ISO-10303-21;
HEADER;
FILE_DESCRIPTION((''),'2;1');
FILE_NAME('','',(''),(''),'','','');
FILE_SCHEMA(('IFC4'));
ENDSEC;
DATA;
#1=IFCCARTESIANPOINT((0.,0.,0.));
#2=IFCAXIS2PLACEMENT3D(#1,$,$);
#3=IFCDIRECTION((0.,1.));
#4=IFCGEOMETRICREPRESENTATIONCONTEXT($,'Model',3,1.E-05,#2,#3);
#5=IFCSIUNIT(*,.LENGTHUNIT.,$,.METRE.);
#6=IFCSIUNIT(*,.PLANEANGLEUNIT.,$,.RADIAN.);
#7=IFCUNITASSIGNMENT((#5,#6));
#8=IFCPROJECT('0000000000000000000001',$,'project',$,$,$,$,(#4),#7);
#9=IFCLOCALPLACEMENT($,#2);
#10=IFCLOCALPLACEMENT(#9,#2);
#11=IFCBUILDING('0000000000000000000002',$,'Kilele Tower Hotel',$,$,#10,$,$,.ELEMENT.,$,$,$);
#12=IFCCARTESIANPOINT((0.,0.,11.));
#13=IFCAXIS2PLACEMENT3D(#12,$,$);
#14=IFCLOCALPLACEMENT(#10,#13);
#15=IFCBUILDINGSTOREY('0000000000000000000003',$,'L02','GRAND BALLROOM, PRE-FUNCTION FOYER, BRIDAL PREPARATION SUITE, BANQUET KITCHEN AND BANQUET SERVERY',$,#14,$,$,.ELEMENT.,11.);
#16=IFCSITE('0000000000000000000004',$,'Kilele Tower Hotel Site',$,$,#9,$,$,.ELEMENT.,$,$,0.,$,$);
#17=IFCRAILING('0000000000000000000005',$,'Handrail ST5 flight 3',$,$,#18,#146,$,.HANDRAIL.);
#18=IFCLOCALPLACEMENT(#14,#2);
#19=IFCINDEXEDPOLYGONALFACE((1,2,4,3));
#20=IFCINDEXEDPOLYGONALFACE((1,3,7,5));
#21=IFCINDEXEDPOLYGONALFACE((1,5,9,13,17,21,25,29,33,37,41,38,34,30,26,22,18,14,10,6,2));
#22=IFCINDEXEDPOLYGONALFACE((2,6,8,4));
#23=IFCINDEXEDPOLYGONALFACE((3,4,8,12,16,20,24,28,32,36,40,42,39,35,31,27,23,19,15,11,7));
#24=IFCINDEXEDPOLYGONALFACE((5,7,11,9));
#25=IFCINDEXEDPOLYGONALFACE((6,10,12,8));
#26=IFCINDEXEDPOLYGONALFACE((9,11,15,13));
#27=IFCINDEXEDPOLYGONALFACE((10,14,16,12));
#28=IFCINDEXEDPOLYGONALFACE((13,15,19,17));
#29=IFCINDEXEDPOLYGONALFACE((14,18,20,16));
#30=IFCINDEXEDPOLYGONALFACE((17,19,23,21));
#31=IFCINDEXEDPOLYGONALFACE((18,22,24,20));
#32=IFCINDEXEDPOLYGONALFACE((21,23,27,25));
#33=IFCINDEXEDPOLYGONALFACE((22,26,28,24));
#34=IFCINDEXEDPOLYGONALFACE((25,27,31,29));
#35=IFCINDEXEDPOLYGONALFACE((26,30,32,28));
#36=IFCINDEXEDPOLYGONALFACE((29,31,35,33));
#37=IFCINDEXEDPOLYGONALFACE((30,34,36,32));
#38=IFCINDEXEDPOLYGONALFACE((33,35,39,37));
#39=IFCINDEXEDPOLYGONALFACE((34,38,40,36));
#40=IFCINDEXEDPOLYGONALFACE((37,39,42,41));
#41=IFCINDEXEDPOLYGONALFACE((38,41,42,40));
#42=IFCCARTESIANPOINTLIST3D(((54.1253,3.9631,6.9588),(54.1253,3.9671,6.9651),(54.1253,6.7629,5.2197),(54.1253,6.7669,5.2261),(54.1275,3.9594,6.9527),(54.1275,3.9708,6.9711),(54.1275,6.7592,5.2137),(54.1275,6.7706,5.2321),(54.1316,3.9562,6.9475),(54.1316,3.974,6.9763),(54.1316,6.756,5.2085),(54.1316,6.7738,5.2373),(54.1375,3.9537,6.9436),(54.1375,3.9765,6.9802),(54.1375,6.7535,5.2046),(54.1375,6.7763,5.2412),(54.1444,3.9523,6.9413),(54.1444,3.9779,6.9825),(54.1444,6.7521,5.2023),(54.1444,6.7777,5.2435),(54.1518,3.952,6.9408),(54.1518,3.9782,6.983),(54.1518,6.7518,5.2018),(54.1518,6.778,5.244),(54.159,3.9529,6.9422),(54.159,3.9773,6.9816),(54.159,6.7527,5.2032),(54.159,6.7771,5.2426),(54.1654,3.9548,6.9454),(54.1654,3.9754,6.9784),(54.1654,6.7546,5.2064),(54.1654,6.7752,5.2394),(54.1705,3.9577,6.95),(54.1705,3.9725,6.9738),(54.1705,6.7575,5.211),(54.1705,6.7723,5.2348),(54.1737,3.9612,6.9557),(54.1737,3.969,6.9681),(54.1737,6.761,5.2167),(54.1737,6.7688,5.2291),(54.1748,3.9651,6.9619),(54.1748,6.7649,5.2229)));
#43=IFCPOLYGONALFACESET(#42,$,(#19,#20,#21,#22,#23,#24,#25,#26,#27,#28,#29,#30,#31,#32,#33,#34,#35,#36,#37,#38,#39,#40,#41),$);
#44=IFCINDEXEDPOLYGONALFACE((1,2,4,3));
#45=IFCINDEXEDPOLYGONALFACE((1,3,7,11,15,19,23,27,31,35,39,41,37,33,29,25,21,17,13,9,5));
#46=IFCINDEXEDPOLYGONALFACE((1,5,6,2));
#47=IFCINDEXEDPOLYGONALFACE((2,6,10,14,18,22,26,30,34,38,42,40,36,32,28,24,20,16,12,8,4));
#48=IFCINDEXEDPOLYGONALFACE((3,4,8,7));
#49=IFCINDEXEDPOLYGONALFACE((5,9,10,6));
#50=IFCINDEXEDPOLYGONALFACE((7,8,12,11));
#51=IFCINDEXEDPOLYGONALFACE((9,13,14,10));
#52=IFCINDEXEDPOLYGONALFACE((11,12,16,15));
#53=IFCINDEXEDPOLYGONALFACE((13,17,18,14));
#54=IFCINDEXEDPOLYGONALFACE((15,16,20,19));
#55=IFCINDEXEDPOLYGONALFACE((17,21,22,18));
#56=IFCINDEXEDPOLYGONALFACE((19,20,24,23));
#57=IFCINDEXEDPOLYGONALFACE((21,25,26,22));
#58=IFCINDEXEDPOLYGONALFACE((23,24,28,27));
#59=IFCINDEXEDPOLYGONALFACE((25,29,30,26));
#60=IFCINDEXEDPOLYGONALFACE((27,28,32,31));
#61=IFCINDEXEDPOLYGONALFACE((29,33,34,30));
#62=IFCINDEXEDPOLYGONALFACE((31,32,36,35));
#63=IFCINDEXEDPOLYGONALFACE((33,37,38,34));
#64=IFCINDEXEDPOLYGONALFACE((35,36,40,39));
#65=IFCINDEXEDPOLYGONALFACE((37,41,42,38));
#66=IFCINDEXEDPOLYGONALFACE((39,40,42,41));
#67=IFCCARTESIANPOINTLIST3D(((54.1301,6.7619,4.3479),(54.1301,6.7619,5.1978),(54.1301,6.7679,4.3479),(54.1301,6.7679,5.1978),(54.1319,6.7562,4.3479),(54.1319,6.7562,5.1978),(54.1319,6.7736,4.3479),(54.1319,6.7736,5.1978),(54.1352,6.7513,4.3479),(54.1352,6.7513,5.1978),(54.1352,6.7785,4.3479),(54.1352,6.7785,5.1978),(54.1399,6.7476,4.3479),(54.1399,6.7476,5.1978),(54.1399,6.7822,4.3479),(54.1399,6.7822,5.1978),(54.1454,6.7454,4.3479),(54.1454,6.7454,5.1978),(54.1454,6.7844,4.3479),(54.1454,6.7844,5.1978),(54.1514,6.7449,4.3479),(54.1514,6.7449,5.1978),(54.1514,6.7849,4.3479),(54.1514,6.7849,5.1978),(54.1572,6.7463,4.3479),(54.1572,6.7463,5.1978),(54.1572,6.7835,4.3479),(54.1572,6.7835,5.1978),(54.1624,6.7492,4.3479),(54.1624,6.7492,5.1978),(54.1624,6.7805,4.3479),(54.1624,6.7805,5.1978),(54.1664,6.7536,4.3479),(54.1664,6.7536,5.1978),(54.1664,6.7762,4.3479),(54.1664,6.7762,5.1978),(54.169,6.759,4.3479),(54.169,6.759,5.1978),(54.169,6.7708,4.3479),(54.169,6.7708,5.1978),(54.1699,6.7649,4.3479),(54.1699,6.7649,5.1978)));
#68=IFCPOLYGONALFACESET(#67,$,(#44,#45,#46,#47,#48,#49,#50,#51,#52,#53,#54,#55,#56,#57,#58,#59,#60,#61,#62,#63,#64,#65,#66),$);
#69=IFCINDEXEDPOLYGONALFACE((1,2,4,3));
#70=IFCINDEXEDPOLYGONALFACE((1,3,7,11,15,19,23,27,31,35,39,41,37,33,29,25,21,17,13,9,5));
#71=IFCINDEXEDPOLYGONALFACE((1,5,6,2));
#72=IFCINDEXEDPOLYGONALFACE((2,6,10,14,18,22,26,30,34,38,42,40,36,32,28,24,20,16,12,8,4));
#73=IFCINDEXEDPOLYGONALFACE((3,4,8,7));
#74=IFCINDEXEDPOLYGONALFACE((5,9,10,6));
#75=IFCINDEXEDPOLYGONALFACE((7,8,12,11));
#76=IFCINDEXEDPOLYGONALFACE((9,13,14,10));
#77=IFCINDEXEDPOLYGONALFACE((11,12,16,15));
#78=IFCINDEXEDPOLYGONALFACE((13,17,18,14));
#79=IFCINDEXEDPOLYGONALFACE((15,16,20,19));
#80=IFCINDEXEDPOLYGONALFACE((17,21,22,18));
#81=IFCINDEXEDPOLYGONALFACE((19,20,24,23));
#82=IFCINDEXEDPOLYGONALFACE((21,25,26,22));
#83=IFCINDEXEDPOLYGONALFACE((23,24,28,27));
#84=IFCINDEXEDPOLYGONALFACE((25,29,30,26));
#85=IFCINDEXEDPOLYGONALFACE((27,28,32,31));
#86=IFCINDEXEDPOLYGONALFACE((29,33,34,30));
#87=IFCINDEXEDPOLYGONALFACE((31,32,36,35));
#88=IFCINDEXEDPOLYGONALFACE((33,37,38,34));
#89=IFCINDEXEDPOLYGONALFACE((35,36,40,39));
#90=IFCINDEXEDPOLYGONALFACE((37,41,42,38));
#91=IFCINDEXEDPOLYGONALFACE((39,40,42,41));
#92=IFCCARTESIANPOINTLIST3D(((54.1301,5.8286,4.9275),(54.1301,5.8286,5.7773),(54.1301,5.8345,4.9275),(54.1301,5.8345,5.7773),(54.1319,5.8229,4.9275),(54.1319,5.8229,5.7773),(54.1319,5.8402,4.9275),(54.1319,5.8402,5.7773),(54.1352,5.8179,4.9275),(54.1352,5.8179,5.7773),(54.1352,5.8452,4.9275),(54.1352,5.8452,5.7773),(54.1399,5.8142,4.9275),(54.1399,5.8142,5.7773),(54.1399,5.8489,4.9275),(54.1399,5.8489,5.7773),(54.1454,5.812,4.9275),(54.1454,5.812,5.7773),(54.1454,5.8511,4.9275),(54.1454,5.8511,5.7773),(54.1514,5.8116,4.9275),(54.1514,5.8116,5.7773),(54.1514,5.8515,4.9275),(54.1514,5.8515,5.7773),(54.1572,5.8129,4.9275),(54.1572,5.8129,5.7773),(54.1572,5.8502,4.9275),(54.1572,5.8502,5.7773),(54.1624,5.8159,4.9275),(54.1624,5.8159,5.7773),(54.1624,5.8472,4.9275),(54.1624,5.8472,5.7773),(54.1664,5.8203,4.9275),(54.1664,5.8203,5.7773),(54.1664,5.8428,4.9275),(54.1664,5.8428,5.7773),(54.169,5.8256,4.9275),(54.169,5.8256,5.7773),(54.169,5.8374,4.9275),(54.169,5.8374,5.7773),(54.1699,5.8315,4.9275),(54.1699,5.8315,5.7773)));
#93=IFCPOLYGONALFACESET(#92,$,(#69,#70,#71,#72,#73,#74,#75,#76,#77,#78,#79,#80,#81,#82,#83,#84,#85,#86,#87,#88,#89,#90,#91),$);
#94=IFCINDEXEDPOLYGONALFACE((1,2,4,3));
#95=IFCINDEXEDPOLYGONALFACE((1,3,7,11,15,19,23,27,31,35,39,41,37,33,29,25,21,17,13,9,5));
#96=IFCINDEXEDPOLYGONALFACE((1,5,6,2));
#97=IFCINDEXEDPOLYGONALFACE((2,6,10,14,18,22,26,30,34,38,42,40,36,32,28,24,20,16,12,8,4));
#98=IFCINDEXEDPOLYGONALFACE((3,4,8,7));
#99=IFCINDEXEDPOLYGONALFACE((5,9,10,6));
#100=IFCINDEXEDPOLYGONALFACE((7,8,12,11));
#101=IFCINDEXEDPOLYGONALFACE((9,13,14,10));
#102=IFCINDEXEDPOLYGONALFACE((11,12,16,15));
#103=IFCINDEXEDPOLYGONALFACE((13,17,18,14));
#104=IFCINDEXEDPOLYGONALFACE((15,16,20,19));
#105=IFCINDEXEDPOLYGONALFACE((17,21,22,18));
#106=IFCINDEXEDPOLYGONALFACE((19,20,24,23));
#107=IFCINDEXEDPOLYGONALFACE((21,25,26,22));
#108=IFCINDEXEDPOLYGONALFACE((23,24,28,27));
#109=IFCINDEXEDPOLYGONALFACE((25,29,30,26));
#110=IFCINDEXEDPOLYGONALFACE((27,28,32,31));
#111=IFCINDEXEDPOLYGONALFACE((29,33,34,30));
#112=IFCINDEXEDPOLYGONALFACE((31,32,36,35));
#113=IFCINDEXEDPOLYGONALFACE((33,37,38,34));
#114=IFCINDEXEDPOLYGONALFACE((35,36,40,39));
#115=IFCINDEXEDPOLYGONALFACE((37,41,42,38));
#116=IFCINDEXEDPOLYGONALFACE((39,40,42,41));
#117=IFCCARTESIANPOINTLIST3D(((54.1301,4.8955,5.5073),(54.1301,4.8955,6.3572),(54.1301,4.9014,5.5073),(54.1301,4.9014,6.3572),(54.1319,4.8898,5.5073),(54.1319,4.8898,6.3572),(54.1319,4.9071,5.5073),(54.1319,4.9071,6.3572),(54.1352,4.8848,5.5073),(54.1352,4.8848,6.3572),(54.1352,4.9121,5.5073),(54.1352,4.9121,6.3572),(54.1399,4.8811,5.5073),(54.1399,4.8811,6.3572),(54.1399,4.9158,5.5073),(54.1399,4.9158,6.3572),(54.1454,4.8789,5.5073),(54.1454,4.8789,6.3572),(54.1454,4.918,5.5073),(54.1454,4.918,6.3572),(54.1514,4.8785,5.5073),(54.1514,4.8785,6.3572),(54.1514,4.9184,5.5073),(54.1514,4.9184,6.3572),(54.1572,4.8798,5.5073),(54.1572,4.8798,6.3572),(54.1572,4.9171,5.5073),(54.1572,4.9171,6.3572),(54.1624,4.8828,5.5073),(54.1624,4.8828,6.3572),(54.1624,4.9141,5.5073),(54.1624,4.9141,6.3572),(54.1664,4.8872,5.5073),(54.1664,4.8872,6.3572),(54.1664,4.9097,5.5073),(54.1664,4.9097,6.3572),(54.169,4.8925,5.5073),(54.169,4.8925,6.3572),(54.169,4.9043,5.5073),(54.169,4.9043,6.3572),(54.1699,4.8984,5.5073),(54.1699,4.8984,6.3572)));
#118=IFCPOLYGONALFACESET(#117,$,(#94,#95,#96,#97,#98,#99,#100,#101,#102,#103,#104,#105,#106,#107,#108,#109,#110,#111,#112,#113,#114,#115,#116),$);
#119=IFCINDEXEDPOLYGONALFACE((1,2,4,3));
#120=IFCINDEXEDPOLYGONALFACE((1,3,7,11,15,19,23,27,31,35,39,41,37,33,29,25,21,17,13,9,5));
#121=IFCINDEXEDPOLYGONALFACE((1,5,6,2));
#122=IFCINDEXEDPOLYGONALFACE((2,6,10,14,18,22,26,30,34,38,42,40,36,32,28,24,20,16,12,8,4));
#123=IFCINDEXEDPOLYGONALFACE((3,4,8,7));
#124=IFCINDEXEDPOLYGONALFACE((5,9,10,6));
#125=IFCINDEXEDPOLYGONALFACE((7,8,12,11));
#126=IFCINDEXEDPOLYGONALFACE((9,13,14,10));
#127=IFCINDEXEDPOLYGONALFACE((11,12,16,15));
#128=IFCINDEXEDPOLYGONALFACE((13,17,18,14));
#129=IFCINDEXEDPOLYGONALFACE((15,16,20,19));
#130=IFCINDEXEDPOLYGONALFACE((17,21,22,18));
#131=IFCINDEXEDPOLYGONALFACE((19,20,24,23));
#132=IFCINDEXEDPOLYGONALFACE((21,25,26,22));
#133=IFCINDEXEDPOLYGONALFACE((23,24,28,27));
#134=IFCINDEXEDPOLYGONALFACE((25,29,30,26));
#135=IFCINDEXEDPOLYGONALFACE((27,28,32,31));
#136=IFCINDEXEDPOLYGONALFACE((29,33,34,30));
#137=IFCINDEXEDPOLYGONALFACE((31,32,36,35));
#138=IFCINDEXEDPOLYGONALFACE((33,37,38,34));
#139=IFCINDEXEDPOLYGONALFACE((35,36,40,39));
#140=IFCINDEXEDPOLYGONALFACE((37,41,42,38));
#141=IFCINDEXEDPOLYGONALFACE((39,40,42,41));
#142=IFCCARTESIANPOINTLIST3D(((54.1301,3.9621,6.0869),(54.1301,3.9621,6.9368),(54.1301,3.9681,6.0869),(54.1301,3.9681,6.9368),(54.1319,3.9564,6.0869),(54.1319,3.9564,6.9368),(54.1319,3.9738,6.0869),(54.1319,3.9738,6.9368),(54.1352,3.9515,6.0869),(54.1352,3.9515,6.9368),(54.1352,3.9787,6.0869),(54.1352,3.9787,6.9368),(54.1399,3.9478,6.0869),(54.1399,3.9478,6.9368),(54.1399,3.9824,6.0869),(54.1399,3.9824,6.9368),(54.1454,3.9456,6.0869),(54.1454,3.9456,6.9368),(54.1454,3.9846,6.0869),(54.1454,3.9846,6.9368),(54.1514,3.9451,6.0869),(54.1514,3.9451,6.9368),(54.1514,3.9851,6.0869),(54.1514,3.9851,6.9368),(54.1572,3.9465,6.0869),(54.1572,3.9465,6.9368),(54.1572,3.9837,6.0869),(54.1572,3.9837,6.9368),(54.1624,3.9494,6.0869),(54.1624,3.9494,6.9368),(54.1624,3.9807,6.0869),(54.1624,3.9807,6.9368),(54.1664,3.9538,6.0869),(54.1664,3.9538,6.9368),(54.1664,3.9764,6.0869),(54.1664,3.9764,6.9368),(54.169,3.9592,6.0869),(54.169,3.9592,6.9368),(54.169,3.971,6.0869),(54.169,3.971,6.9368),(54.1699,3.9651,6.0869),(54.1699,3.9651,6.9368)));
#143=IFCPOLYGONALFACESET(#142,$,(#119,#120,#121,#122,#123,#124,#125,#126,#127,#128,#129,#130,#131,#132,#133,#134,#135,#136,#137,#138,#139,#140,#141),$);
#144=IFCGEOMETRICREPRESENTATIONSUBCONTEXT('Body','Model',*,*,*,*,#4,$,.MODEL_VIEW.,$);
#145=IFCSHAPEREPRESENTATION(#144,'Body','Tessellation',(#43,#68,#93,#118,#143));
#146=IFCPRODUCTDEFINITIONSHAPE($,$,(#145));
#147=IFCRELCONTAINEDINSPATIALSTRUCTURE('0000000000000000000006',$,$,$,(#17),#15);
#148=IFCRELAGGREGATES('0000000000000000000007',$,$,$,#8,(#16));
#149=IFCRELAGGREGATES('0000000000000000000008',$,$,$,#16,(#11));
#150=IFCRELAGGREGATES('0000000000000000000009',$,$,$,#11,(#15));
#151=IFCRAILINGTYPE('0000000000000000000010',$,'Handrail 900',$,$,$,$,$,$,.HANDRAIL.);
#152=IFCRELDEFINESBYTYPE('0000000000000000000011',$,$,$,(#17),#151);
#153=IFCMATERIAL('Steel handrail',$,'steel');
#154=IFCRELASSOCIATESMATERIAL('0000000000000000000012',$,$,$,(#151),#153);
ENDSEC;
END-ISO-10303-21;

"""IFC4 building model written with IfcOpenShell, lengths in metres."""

from ifc_helpers import new_model, si_unit, direction, frame, origin, origin_2d, place, context, subcontext, project, spatial, circle, extrude, material, type_object, element, save


model = new_model("IFC4")

# Units and contexts
model_context = context("Model", 3, precision=1e-05, world=origin(), true_north=direction((0.0, 1.0)))
body_context = subcontext(model_context, "Body", "Model", "MODEL_VIEW")
ifc_project = project(units=[si_unit("LENGTHUNIT", "METRE"), si_unit("PLANEANGLEUNIT", "RADIAN")], contexts=[model_context])

# Site, building, storey
site_placement = place(None, origin())
site = spatial("IfcSite", under=ifc_project, at=site_placement, Name="Kilele Tower Hotel Site", CompositionType="ELEMENT", RefElevation=0.0)
building_placement = place(site_placement, origin())
building = spatial("IfcBuilding", under=site, at=building_placement, Name="Kilele Tower Hotel", CompositionType="ELEMENT")
storey_placement = place(building_placement, frame((0.0, 0.0, 11.0)))
storey = spatial("IfcBuildingStorey", under=building, at=storey_placement, Name="L02", Description="GRAND BALLROOM, PRE-FUNCTION FOYER, BRIDAL PREPARATION SUITE, BANQUET KITCHEN AND BANQUET SERVERY", CompositionType="ELEMENT", Elevation=11.0)

# Railing
ifc_material_1 = material(Name="Steel handrail", Category="steel")
railing_type_1 = type_object("IfcRailingType", Name="Handrail 900", PredefinedType="HANDRAIL", material=ifc_material_1)
for number, where, name in (
    (1, (54.1499, 6.7649, 4.3479), "Handrail ST5 flight 3"),
):
    element("IfcRailing", number, at=place(storey_placement, frame(where)), inside=storey, type_object=railing_type_1, Name=name, PredefinedType="HANDRAIL", context=body_context, shape_type="SweptSolid", body=[
        extrude(circle(Radius=0.0249, at=origin_2d()), frame((0.0, 0.0, 0.875), z_axis=(0.0, -0.849476, 0.527627), x_axis=(1.0, 0.0, 0.0)), (0.0, 0.0, 1.0), 3.2959),
        extrude(circle(Radius=0.02, at=origin_2d()), origin(), (0.0, 0.0, 1.0), 0.8499),
        extrude(circle(Radius=0.02, at=origin_2d()), frame((0.0, -0.9333, 0.5796)), (0.0, 0.0, 1.0), 0.8499),
        extrude(circle(Radius=0.02, at=origin_2d()), frame((0.0, -1.8665, 1.1594)), (0.0, 0.0, 1.0), 0.8499),
        extrude(circle(Radius=0.02, at=origin_2d()), frame((0.0, -2.7998, 1.739)), (0.0, 0.0, 1.0), 0.8499),
    ])

save(model, "model.ifc")
